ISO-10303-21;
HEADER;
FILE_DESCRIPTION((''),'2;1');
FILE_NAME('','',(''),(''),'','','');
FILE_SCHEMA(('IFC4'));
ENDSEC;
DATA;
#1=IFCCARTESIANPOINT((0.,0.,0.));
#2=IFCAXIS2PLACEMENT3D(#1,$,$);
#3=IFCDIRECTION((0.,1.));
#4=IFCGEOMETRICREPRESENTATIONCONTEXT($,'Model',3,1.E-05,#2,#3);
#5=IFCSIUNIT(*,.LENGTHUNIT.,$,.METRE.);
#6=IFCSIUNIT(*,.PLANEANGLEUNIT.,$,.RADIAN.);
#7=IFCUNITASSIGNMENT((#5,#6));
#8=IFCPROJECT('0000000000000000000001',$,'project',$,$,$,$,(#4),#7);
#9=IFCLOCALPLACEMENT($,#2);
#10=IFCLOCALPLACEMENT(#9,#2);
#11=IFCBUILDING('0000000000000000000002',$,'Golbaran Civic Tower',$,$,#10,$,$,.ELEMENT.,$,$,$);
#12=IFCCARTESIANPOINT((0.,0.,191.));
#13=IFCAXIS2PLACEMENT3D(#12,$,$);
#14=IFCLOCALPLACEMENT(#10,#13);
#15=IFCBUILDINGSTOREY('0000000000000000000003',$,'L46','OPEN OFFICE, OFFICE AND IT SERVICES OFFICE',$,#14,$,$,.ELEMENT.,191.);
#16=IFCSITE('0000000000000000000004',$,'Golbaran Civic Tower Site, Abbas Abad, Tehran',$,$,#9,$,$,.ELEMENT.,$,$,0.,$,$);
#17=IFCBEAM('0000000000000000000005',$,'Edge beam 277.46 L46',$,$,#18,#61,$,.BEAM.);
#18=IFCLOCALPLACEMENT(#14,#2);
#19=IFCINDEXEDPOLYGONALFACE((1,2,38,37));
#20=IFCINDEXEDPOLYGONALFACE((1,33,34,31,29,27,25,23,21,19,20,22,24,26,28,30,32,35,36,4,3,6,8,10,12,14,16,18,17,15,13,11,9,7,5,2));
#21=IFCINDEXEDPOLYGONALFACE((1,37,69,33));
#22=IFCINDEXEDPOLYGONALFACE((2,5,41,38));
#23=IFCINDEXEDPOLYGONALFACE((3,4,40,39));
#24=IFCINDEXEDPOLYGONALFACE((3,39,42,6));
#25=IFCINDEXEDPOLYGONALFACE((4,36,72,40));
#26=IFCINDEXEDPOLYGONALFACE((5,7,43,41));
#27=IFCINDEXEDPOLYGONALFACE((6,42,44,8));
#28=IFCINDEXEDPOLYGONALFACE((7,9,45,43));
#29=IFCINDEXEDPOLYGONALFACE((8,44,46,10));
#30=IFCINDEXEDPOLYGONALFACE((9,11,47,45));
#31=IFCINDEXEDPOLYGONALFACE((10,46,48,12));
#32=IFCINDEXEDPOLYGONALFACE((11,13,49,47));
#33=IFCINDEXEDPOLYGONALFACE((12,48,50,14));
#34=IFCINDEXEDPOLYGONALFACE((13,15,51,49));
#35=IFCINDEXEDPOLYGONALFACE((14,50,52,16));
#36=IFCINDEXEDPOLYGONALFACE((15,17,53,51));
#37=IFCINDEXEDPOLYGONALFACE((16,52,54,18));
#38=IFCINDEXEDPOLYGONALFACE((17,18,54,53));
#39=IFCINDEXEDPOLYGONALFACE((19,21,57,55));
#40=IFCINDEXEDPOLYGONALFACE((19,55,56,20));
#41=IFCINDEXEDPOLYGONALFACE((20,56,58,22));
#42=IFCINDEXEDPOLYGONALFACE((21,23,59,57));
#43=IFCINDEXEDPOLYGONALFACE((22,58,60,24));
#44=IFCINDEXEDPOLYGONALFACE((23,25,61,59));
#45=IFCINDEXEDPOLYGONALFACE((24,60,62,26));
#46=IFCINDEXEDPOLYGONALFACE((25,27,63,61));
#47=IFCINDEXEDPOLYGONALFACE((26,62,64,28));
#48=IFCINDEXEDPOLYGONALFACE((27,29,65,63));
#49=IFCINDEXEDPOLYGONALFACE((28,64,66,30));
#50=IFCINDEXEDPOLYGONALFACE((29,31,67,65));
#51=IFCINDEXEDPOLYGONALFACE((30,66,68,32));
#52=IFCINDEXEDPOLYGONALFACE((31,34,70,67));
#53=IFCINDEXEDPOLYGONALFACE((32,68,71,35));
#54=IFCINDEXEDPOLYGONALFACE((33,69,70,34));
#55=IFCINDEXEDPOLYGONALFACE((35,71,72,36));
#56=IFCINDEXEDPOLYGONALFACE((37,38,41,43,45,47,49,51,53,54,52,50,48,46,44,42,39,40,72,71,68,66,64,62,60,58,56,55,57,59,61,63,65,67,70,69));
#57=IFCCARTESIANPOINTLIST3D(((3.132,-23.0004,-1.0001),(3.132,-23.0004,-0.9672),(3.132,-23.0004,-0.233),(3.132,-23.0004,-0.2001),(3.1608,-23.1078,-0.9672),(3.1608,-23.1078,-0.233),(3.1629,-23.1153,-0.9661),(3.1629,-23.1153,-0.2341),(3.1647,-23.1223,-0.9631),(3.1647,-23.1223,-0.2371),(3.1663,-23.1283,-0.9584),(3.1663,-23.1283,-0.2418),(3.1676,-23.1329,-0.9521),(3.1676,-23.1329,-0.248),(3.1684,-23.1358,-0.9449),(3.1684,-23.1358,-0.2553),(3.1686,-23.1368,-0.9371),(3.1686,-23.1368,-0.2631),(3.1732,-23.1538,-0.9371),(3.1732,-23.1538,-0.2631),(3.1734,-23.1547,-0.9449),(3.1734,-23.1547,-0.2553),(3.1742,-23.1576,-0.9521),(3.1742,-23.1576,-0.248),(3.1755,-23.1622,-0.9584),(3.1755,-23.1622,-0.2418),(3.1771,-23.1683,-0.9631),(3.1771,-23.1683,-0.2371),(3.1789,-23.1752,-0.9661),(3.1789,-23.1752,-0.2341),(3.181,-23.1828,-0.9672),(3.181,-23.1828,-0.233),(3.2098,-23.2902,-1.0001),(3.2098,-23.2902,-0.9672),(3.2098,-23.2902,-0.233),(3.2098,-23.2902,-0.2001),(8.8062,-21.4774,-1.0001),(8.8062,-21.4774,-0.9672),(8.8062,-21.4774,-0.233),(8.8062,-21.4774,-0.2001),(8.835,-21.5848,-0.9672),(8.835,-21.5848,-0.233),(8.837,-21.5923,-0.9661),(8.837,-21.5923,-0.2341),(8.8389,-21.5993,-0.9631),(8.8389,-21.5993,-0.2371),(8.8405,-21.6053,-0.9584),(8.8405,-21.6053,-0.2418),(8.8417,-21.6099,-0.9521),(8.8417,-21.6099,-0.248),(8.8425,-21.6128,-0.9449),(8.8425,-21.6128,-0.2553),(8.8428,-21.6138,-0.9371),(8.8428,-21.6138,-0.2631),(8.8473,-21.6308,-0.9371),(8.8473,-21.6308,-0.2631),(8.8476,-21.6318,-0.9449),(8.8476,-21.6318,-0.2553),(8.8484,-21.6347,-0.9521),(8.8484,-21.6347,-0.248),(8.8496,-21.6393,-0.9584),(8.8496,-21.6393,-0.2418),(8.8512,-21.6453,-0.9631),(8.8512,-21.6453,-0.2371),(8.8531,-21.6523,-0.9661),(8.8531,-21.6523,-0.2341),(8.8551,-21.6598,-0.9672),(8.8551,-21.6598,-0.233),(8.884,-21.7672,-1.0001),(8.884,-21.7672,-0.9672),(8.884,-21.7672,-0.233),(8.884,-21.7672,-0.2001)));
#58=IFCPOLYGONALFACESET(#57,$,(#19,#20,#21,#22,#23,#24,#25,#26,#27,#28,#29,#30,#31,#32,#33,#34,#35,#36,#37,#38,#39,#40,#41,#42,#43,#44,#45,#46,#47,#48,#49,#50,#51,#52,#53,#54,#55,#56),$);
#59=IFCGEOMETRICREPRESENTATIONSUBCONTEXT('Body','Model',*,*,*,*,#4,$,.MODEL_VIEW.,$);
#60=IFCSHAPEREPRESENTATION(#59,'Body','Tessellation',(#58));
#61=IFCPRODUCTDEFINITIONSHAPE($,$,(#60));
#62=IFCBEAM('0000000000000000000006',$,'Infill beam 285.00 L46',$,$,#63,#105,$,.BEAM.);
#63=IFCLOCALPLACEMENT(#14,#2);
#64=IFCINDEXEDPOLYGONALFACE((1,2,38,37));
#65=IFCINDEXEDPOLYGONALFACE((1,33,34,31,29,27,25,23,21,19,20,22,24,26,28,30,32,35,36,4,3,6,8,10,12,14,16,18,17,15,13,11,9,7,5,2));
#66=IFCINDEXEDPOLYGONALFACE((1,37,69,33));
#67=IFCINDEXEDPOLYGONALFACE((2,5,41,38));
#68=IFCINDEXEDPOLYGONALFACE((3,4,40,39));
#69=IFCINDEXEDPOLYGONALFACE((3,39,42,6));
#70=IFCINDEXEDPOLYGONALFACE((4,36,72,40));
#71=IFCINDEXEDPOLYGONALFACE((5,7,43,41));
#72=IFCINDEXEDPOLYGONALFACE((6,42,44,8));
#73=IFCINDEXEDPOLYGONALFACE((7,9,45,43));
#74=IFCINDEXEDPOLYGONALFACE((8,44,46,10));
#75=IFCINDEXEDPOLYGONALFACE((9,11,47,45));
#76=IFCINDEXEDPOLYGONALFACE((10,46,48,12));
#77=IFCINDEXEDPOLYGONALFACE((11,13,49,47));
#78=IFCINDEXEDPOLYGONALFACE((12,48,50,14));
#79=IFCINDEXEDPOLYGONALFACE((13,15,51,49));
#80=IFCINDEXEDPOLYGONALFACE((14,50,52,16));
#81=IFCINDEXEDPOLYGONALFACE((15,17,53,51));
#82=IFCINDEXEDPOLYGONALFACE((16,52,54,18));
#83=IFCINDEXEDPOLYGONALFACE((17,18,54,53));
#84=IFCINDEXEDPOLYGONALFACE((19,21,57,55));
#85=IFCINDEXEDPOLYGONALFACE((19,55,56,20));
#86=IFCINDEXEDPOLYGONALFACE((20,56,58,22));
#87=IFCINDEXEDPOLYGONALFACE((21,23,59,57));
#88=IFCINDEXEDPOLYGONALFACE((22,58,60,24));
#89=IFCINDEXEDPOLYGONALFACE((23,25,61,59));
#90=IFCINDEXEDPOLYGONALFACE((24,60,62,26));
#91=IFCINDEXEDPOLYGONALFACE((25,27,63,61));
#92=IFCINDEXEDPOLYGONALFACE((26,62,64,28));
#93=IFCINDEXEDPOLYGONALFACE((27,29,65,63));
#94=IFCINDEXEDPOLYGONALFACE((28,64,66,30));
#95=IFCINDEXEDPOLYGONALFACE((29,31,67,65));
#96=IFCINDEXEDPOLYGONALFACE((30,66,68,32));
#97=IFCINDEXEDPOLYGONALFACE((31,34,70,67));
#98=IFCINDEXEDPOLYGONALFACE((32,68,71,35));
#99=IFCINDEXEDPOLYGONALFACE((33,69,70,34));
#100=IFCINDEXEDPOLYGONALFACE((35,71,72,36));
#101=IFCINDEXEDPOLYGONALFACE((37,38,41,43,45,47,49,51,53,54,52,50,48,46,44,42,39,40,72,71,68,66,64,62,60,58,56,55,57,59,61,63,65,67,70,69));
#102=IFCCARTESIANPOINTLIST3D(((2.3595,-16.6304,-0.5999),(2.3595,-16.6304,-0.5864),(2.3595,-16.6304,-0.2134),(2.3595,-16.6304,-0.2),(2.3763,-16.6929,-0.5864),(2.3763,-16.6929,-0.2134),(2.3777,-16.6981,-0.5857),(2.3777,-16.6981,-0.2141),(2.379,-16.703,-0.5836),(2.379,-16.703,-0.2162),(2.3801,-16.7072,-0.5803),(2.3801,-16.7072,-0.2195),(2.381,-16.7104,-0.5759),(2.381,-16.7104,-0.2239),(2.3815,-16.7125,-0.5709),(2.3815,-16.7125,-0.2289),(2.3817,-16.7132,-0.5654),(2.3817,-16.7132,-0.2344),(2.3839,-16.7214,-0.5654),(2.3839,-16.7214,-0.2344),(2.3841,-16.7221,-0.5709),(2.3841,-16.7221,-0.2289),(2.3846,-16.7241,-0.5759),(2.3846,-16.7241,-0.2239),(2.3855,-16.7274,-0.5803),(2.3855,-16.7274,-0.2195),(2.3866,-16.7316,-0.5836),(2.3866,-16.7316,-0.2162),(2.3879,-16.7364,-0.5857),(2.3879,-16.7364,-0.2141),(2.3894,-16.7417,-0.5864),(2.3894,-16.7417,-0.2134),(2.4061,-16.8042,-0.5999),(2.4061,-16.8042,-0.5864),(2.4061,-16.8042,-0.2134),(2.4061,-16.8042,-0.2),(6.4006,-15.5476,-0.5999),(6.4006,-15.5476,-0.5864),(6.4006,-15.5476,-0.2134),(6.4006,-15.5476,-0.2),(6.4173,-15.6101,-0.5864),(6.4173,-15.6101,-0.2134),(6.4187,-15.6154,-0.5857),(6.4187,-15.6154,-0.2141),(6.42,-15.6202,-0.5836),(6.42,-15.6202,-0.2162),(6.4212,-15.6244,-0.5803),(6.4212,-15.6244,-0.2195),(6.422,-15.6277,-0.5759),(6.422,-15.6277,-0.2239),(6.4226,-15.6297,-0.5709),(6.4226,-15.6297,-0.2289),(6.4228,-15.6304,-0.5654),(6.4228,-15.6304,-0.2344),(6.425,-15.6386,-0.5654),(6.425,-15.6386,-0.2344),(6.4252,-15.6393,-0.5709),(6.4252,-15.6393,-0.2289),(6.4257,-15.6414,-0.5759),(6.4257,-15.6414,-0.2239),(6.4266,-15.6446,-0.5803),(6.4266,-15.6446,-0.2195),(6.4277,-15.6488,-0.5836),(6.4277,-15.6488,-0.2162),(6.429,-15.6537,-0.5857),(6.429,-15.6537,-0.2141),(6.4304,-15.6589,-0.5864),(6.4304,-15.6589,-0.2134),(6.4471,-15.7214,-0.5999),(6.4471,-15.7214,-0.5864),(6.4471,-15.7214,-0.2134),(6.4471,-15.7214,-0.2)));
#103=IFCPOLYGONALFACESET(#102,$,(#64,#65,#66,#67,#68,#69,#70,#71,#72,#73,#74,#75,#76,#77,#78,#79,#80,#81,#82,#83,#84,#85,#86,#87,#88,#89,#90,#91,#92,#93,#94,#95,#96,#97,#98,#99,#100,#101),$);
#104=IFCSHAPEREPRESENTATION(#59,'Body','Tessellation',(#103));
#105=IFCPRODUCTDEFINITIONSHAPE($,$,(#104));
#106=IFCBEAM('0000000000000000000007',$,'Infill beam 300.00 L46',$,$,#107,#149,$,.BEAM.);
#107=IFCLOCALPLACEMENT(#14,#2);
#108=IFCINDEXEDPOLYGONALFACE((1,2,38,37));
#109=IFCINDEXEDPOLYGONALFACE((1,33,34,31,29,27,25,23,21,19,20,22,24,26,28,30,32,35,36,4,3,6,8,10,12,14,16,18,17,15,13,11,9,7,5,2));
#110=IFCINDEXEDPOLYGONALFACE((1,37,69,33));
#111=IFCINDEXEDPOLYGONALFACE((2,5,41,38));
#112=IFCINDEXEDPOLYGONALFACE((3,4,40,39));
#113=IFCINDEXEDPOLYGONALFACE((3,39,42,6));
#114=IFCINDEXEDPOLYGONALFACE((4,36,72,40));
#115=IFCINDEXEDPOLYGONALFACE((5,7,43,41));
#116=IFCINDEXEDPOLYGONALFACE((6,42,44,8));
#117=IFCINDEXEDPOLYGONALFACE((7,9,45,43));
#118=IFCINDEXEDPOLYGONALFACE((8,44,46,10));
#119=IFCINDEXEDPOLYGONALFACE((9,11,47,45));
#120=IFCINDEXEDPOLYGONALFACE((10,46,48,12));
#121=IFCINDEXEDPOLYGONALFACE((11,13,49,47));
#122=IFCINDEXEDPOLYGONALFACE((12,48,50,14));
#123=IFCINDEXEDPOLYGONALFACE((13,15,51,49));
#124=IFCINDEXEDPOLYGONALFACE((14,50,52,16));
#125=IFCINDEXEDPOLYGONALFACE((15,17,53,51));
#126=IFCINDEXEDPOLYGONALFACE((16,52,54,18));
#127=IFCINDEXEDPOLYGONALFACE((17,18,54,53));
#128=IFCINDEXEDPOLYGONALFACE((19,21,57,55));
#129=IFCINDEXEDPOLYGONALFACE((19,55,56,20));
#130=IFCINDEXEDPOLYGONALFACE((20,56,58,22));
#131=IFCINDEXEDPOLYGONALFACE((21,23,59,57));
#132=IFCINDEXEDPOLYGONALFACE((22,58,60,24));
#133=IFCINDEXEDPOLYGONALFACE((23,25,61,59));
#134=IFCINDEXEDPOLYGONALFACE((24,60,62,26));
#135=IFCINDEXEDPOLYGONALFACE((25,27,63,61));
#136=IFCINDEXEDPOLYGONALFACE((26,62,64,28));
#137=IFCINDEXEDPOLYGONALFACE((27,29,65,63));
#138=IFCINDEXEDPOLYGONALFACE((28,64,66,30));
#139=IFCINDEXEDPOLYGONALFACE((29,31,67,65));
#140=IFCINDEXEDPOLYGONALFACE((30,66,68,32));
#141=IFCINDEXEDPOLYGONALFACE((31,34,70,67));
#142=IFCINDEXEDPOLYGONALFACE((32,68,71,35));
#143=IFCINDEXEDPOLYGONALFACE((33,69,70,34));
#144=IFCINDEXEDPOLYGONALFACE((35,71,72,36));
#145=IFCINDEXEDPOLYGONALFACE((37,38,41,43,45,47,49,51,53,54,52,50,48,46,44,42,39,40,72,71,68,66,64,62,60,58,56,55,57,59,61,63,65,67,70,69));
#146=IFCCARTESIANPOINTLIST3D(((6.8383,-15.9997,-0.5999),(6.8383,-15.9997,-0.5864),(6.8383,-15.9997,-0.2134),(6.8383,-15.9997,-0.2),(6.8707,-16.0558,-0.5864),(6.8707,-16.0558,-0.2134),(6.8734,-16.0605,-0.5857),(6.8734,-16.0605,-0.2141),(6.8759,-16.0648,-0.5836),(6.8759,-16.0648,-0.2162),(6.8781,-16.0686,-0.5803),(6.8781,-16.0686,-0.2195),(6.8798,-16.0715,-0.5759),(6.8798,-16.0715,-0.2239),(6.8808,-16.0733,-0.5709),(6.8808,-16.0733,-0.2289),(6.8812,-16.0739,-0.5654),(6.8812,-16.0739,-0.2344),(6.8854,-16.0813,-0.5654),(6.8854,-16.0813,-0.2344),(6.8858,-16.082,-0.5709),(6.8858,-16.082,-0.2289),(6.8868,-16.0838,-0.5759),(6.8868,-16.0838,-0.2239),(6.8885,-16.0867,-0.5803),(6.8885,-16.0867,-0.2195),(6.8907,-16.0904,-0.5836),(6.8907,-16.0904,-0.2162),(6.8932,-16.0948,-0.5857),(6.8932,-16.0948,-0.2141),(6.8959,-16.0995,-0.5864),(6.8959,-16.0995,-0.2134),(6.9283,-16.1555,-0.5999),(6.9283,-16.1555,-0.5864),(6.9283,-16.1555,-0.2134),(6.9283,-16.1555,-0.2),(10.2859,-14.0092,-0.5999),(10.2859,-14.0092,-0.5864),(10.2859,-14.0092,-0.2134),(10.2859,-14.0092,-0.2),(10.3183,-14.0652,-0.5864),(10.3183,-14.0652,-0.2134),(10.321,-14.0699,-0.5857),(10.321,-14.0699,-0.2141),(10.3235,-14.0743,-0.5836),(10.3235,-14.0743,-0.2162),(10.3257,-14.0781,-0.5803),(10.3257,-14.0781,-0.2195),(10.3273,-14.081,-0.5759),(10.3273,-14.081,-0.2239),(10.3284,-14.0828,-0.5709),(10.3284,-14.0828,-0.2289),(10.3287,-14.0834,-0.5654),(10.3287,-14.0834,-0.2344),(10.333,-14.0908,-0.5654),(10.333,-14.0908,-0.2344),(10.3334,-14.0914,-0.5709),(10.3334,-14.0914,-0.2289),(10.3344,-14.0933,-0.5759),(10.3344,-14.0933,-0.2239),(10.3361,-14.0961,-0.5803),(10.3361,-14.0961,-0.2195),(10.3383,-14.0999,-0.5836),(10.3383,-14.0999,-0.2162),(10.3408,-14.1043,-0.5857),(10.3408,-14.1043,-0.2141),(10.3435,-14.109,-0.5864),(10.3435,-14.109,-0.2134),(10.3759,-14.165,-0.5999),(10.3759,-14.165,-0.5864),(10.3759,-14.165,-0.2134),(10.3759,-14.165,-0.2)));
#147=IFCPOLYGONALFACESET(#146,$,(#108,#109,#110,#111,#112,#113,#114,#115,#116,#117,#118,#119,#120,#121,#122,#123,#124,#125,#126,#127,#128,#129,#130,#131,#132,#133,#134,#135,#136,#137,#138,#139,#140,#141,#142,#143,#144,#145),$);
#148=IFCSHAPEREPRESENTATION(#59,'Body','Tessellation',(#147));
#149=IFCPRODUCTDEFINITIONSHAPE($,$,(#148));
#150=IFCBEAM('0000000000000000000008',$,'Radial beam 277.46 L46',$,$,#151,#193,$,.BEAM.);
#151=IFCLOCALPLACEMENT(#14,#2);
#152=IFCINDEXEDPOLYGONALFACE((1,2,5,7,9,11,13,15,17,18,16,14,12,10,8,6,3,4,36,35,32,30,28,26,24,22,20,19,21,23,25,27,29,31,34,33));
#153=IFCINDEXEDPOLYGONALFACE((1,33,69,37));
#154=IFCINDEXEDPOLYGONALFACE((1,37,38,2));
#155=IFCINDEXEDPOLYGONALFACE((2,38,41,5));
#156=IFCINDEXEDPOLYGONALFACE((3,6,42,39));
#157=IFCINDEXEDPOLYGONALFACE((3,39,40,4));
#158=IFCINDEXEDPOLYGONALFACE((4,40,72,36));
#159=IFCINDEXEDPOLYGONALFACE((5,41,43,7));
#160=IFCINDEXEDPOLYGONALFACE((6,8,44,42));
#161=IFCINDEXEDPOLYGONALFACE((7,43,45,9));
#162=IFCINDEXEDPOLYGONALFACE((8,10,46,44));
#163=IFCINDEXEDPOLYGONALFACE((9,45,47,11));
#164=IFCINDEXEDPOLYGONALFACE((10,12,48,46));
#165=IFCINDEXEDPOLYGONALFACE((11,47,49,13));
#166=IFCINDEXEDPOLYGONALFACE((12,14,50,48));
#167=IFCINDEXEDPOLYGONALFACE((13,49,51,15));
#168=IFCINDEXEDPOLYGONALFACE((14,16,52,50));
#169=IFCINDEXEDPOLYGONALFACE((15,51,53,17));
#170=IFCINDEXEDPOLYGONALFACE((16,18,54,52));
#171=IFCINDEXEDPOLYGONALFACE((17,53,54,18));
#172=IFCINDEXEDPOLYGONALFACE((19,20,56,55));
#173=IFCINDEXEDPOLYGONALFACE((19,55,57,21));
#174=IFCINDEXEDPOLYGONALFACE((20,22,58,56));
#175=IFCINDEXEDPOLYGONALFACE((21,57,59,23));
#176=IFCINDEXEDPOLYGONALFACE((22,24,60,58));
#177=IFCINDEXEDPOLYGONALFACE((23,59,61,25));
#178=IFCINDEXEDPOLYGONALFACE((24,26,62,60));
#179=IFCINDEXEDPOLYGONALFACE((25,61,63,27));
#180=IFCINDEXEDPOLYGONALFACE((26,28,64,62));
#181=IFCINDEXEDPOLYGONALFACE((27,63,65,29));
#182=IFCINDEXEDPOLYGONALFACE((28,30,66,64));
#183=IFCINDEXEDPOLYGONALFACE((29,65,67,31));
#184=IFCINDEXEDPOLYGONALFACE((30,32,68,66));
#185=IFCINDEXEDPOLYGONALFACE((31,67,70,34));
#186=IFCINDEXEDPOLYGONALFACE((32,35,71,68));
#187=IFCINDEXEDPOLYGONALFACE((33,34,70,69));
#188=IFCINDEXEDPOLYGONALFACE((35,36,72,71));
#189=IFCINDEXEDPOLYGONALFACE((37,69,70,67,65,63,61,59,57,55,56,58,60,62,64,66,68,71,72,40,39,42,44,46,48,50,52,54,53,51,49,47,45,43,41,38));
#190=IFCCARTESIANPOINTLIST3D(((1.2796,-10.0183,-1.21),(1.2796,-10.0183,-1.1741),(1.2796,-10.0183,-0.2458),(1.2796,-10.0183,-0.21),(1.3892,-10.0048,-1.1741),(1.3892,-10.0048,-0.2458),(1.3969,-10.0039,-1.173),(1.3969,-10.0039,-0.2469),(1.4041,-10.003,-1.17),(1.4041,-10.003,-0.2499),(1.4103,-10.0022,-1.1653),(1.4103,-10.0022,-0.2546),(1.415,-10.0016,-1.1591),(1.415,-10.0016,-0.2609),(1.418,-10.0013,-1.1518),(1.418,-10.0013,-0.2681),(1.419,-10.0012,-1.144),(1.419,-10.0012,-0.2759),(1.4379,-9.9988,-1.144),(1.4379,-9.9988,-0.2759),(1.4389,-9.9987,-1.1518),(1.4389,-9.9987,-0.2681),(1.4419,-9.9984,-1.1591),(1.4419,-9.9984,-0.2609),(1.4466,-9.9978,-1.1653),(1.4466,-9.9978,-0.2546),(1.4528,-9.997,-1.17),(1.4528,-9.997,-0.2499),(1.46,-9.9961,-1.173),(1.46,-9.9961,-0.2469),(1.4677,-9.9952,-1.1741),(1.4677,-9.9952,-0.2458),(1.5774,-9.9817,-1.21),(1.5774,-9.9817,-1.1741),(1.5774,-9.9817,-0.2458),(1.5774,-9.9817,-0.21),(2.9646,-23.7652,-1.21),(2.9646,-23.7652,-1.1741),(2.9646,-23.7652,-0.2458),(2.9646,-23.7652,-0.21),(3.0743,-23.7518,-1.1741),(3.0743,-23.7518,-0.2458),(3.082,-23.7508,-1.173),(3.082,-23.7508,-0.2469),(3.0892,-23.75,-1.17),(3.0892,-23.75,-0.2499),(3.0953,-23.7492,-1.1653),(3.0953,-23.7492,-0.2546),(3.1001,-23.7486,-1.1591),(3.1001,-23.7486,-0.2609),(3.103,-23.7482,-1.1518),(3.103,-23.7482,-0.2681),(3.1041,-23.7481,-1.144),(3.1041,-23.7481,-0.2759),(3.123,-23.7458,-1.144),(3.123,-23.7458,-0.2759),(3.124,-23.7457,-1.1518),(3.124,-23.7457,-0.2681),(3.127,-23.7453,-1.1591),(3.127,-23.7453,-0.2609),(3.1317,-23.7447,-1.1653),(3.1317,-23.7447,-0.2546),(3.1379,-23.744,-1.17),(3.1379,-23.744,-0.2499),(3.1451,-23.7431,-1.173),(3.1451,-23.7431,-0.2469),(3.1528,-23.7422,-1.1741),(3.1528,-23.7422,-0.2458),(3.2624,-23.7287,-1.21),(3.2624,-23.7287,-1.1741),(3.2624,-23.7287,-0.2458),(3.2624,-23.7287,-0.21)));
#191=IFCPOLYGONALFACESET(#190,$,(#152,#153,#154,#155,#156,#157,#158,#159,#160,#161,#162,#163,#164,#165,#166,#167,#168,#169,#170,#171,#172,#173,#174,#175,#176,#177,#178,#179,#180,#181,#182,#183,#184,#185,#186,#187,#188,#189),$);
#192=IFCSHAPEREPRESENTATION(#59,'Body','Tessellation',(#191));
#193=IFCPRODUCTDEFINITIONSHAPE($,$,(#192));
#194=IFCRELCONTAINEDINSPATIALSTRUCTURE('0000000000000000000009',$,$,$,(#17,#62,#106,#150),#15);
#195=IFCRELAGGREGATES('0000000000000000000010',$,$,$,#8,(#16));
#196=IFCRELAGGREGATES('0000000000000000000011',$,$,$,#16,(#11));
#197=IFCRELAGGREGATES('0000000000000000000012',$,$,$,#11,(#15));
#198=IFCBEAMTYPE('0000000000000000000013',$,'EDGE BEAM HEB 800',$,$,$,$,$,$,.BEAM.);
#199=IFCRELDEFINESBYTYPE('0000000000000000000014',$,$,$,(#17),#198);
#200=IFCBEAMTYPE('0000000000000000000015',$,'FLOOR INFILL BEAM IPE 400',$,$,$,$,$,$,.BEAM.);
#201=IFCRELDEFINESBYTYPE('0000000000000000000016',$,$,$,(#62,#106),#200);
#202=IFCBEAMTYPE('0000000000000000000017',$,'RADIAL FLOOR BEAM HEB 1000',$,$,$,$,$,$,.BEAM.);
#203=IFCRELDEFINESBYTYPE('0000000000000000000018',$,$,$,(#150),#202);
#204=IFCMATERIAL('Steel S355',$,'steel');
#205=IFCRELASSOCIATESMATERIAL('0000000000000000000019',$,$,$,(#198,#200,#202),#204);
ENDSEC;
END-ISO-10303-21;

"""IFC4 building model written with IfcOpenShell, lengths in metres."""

from ifc_helpers import new_model, si_unit, direction, frame, origin, origin_2d, place, context, subcontext, project, spatial, i_section, extrude, material, material_profile, profile_set, type_object, element, save


model = new_model("IFC4")

# Units and contexts
model_context = context("Model", 3, precision=1e-05, world=origin(), true_north=direction((0.0, 1.0)))
body_context = subcontext(model_context, "Body", "Model", "MODEL_VIEW")
ifc_project = project(units=[si_unit("LENGTHUNIT", "METRE"), si_unit("PLANEANGLEUNIT", "RADIAN")], contexts=[model_context])

# Site, building, storey
site_placement = place(None, origin())
site = spatial("IfcSite", under=ifc_project, at=site_placement, Name="Golbaran Civic Tower Site, Abbas Abad, Tehran", CompositionType="ELEMENT", RefElevation=0.0)
building_placement = place(site_placement, origin())
building = spatial("IfcBuilding", under=site, at=building_placement, Name="Golbaran Civic Tower", CompositionType="ELEMENT")
storey_placement = place(building_placement, frame((0.0, 0.0, 191.0)))
storey = spatial("IfcBuildingStorey", under=building, at=storey_placement, Name="L46", Description="OPEN OFFICE, OFFICE AND IT SERVICES OFFICE", CompositionType="ELEMENT", Elevation=191.0)

# Beams
ifc_material_1 = material(Name="Steel S355", Category="steel")
ifc_material_profile_1 = material_profile(ifc_material_1, i_section(OverallWidth=0.3, OverallDepth=0.8, WebThickness=0.0176, FlangeThickness=0.033, FilletRadius=0.03, at=origin_2d()), Name="HEB 800")
ifc_profile_set_1 = profile_set([ifc_material_profile_1], Name="Steel S355")
beam_type_1 = type_object("IfcBeamType", Name="EDGE BEAM HEB 800", PredefinedType="BEAM", material=ifc_profile_set_1)
beam_1_placement = place(storey_placement, frame((3.1709, -23.1453, -0.6001), z_axis=(0.965816, 0.25923, 0.0), x_axis=(-0.25923, 0.965816, 0.0)))
element("IfcBeam", 1, at=beam_1_placement, inside=storey, type_object=beam_type_1, Name="Edge beam 277.46 L46", PredefinedType="BEAM", context=body_context, shape_type="SweptSolid", body=[
    extrude(i_section(OverallWidth=0.3, OverallDepth=0.8, WebThickness=0.0176, FlangeThickness=0.033, FilletRadius=0.03, at=origin_2d()), origin(), (0.0, 0.0, 1.0), 5.875),
])
ifc_material_profile_2 = material_profile(ifc_material_1, i_section(OverallWidth=0.1799, OverallDepth=0.3999, WebThickness=0.0085, FlangeThickness=0.0134, FilletRadius=0.021, at=origin_2d()), Name="IPE 400")
ifc_profile_set_2 = profile_set([ifc_material_profile_2], Name="Steel S355")
beam_type_2 = type_object("IfcBeamType", Name="FLOOR INFILL BEAM IPE 400", PredefinedType="BEAM", material=ifc_profile_set_2)
beam_2_placement = place(storey_placement, frame((2.3828, -16.7173, -0.3999), z_axis=(0.965927, 0.258814, 0.0), x_axis=(-0.258814, 0.965927, 0.0)))
element("IfcBeam", 2, at=beam_2_placement, inside=storey, type_object=beam_type_2, Name="Infill beam 285.00 L46", PredefinedType="BEAM", context=body_context, shape_type="SweptSolid", body=[
    extrude(i_section(OverallWidth=0.1799, OverallDepth=0.3999, WebThickness=0.0085, FlangeThickness=0.0134, FilletRadius=0.021, at=origin_2d()), origin(), (0.0, 0.0, 1.0), 4.1836),
])
beam_3_placement = place(storey_placement, frame((6.8833, -16.0776, -0.3999), z_axis=(0.866019, 0.500011, 0.0), x_axis=(-0.500011, 0.866019, 0.0)))
element("IfcBeam", 3, at=beam_3_placement, inside=storey, type_object=beam_type_2, Name="Infill beam 300.00 L46", PredefinedType="BEAM", context=body_context, shape_type="SweptSolid", body=[
    extrude(i_section(OverallWidth=0.1799, OverallDepth=0.3999, WebThickness=0.0085, FlangeThickness=0.0134, FilletRadius=0.021, at=origin_2d()), origin(), (0.0, 0.0, 1.0), 3.981),
])
ifc_material_profile_3 = material_profile(ifc_material_1, i_section(OverallWidth=0.3, OverallDepth=1.0, WebThickness=0.019, FlangeThickness=0.0359, FilletRadius=0.03, at=origin_2d()), Name="HEB 1000")
ifc_profile_set_3 = profile_set([ifc_material_profile_3], Name="Steel S355")
beam_type_3 = type_object("IfcBeamType", Name="RADIAL FLOOR BEAM HEB 1000", PredefinedType="BEAM", material=ifc_profile_set_3)
beam_4_placement = place(storey_placement, frame((1.4285, -10.0, -0.71), z_axis=(0.121665, -0.992571, 0.0), x_axis=(0.992571, 0.121665, 0.0)))
element("IfcBeam", 4, at=beam_4_placement, inside=storey, type_object=beam_type_3, Name="Radial beam 277.46 L46", PredefinedType="BEAM", context=body_context, shape_type="SweptSolid", body=[
    extrude(i_section(OverallWidth=0.3, OverallDepth=1.0, WebThickness=0.019, FlangeThickness=0.0359, FilletRadius=0.03, at=origin_2d()), origin(), (0.0, 0.0, 1.0), 13.8499),
])

save(model, "model.ifc")
